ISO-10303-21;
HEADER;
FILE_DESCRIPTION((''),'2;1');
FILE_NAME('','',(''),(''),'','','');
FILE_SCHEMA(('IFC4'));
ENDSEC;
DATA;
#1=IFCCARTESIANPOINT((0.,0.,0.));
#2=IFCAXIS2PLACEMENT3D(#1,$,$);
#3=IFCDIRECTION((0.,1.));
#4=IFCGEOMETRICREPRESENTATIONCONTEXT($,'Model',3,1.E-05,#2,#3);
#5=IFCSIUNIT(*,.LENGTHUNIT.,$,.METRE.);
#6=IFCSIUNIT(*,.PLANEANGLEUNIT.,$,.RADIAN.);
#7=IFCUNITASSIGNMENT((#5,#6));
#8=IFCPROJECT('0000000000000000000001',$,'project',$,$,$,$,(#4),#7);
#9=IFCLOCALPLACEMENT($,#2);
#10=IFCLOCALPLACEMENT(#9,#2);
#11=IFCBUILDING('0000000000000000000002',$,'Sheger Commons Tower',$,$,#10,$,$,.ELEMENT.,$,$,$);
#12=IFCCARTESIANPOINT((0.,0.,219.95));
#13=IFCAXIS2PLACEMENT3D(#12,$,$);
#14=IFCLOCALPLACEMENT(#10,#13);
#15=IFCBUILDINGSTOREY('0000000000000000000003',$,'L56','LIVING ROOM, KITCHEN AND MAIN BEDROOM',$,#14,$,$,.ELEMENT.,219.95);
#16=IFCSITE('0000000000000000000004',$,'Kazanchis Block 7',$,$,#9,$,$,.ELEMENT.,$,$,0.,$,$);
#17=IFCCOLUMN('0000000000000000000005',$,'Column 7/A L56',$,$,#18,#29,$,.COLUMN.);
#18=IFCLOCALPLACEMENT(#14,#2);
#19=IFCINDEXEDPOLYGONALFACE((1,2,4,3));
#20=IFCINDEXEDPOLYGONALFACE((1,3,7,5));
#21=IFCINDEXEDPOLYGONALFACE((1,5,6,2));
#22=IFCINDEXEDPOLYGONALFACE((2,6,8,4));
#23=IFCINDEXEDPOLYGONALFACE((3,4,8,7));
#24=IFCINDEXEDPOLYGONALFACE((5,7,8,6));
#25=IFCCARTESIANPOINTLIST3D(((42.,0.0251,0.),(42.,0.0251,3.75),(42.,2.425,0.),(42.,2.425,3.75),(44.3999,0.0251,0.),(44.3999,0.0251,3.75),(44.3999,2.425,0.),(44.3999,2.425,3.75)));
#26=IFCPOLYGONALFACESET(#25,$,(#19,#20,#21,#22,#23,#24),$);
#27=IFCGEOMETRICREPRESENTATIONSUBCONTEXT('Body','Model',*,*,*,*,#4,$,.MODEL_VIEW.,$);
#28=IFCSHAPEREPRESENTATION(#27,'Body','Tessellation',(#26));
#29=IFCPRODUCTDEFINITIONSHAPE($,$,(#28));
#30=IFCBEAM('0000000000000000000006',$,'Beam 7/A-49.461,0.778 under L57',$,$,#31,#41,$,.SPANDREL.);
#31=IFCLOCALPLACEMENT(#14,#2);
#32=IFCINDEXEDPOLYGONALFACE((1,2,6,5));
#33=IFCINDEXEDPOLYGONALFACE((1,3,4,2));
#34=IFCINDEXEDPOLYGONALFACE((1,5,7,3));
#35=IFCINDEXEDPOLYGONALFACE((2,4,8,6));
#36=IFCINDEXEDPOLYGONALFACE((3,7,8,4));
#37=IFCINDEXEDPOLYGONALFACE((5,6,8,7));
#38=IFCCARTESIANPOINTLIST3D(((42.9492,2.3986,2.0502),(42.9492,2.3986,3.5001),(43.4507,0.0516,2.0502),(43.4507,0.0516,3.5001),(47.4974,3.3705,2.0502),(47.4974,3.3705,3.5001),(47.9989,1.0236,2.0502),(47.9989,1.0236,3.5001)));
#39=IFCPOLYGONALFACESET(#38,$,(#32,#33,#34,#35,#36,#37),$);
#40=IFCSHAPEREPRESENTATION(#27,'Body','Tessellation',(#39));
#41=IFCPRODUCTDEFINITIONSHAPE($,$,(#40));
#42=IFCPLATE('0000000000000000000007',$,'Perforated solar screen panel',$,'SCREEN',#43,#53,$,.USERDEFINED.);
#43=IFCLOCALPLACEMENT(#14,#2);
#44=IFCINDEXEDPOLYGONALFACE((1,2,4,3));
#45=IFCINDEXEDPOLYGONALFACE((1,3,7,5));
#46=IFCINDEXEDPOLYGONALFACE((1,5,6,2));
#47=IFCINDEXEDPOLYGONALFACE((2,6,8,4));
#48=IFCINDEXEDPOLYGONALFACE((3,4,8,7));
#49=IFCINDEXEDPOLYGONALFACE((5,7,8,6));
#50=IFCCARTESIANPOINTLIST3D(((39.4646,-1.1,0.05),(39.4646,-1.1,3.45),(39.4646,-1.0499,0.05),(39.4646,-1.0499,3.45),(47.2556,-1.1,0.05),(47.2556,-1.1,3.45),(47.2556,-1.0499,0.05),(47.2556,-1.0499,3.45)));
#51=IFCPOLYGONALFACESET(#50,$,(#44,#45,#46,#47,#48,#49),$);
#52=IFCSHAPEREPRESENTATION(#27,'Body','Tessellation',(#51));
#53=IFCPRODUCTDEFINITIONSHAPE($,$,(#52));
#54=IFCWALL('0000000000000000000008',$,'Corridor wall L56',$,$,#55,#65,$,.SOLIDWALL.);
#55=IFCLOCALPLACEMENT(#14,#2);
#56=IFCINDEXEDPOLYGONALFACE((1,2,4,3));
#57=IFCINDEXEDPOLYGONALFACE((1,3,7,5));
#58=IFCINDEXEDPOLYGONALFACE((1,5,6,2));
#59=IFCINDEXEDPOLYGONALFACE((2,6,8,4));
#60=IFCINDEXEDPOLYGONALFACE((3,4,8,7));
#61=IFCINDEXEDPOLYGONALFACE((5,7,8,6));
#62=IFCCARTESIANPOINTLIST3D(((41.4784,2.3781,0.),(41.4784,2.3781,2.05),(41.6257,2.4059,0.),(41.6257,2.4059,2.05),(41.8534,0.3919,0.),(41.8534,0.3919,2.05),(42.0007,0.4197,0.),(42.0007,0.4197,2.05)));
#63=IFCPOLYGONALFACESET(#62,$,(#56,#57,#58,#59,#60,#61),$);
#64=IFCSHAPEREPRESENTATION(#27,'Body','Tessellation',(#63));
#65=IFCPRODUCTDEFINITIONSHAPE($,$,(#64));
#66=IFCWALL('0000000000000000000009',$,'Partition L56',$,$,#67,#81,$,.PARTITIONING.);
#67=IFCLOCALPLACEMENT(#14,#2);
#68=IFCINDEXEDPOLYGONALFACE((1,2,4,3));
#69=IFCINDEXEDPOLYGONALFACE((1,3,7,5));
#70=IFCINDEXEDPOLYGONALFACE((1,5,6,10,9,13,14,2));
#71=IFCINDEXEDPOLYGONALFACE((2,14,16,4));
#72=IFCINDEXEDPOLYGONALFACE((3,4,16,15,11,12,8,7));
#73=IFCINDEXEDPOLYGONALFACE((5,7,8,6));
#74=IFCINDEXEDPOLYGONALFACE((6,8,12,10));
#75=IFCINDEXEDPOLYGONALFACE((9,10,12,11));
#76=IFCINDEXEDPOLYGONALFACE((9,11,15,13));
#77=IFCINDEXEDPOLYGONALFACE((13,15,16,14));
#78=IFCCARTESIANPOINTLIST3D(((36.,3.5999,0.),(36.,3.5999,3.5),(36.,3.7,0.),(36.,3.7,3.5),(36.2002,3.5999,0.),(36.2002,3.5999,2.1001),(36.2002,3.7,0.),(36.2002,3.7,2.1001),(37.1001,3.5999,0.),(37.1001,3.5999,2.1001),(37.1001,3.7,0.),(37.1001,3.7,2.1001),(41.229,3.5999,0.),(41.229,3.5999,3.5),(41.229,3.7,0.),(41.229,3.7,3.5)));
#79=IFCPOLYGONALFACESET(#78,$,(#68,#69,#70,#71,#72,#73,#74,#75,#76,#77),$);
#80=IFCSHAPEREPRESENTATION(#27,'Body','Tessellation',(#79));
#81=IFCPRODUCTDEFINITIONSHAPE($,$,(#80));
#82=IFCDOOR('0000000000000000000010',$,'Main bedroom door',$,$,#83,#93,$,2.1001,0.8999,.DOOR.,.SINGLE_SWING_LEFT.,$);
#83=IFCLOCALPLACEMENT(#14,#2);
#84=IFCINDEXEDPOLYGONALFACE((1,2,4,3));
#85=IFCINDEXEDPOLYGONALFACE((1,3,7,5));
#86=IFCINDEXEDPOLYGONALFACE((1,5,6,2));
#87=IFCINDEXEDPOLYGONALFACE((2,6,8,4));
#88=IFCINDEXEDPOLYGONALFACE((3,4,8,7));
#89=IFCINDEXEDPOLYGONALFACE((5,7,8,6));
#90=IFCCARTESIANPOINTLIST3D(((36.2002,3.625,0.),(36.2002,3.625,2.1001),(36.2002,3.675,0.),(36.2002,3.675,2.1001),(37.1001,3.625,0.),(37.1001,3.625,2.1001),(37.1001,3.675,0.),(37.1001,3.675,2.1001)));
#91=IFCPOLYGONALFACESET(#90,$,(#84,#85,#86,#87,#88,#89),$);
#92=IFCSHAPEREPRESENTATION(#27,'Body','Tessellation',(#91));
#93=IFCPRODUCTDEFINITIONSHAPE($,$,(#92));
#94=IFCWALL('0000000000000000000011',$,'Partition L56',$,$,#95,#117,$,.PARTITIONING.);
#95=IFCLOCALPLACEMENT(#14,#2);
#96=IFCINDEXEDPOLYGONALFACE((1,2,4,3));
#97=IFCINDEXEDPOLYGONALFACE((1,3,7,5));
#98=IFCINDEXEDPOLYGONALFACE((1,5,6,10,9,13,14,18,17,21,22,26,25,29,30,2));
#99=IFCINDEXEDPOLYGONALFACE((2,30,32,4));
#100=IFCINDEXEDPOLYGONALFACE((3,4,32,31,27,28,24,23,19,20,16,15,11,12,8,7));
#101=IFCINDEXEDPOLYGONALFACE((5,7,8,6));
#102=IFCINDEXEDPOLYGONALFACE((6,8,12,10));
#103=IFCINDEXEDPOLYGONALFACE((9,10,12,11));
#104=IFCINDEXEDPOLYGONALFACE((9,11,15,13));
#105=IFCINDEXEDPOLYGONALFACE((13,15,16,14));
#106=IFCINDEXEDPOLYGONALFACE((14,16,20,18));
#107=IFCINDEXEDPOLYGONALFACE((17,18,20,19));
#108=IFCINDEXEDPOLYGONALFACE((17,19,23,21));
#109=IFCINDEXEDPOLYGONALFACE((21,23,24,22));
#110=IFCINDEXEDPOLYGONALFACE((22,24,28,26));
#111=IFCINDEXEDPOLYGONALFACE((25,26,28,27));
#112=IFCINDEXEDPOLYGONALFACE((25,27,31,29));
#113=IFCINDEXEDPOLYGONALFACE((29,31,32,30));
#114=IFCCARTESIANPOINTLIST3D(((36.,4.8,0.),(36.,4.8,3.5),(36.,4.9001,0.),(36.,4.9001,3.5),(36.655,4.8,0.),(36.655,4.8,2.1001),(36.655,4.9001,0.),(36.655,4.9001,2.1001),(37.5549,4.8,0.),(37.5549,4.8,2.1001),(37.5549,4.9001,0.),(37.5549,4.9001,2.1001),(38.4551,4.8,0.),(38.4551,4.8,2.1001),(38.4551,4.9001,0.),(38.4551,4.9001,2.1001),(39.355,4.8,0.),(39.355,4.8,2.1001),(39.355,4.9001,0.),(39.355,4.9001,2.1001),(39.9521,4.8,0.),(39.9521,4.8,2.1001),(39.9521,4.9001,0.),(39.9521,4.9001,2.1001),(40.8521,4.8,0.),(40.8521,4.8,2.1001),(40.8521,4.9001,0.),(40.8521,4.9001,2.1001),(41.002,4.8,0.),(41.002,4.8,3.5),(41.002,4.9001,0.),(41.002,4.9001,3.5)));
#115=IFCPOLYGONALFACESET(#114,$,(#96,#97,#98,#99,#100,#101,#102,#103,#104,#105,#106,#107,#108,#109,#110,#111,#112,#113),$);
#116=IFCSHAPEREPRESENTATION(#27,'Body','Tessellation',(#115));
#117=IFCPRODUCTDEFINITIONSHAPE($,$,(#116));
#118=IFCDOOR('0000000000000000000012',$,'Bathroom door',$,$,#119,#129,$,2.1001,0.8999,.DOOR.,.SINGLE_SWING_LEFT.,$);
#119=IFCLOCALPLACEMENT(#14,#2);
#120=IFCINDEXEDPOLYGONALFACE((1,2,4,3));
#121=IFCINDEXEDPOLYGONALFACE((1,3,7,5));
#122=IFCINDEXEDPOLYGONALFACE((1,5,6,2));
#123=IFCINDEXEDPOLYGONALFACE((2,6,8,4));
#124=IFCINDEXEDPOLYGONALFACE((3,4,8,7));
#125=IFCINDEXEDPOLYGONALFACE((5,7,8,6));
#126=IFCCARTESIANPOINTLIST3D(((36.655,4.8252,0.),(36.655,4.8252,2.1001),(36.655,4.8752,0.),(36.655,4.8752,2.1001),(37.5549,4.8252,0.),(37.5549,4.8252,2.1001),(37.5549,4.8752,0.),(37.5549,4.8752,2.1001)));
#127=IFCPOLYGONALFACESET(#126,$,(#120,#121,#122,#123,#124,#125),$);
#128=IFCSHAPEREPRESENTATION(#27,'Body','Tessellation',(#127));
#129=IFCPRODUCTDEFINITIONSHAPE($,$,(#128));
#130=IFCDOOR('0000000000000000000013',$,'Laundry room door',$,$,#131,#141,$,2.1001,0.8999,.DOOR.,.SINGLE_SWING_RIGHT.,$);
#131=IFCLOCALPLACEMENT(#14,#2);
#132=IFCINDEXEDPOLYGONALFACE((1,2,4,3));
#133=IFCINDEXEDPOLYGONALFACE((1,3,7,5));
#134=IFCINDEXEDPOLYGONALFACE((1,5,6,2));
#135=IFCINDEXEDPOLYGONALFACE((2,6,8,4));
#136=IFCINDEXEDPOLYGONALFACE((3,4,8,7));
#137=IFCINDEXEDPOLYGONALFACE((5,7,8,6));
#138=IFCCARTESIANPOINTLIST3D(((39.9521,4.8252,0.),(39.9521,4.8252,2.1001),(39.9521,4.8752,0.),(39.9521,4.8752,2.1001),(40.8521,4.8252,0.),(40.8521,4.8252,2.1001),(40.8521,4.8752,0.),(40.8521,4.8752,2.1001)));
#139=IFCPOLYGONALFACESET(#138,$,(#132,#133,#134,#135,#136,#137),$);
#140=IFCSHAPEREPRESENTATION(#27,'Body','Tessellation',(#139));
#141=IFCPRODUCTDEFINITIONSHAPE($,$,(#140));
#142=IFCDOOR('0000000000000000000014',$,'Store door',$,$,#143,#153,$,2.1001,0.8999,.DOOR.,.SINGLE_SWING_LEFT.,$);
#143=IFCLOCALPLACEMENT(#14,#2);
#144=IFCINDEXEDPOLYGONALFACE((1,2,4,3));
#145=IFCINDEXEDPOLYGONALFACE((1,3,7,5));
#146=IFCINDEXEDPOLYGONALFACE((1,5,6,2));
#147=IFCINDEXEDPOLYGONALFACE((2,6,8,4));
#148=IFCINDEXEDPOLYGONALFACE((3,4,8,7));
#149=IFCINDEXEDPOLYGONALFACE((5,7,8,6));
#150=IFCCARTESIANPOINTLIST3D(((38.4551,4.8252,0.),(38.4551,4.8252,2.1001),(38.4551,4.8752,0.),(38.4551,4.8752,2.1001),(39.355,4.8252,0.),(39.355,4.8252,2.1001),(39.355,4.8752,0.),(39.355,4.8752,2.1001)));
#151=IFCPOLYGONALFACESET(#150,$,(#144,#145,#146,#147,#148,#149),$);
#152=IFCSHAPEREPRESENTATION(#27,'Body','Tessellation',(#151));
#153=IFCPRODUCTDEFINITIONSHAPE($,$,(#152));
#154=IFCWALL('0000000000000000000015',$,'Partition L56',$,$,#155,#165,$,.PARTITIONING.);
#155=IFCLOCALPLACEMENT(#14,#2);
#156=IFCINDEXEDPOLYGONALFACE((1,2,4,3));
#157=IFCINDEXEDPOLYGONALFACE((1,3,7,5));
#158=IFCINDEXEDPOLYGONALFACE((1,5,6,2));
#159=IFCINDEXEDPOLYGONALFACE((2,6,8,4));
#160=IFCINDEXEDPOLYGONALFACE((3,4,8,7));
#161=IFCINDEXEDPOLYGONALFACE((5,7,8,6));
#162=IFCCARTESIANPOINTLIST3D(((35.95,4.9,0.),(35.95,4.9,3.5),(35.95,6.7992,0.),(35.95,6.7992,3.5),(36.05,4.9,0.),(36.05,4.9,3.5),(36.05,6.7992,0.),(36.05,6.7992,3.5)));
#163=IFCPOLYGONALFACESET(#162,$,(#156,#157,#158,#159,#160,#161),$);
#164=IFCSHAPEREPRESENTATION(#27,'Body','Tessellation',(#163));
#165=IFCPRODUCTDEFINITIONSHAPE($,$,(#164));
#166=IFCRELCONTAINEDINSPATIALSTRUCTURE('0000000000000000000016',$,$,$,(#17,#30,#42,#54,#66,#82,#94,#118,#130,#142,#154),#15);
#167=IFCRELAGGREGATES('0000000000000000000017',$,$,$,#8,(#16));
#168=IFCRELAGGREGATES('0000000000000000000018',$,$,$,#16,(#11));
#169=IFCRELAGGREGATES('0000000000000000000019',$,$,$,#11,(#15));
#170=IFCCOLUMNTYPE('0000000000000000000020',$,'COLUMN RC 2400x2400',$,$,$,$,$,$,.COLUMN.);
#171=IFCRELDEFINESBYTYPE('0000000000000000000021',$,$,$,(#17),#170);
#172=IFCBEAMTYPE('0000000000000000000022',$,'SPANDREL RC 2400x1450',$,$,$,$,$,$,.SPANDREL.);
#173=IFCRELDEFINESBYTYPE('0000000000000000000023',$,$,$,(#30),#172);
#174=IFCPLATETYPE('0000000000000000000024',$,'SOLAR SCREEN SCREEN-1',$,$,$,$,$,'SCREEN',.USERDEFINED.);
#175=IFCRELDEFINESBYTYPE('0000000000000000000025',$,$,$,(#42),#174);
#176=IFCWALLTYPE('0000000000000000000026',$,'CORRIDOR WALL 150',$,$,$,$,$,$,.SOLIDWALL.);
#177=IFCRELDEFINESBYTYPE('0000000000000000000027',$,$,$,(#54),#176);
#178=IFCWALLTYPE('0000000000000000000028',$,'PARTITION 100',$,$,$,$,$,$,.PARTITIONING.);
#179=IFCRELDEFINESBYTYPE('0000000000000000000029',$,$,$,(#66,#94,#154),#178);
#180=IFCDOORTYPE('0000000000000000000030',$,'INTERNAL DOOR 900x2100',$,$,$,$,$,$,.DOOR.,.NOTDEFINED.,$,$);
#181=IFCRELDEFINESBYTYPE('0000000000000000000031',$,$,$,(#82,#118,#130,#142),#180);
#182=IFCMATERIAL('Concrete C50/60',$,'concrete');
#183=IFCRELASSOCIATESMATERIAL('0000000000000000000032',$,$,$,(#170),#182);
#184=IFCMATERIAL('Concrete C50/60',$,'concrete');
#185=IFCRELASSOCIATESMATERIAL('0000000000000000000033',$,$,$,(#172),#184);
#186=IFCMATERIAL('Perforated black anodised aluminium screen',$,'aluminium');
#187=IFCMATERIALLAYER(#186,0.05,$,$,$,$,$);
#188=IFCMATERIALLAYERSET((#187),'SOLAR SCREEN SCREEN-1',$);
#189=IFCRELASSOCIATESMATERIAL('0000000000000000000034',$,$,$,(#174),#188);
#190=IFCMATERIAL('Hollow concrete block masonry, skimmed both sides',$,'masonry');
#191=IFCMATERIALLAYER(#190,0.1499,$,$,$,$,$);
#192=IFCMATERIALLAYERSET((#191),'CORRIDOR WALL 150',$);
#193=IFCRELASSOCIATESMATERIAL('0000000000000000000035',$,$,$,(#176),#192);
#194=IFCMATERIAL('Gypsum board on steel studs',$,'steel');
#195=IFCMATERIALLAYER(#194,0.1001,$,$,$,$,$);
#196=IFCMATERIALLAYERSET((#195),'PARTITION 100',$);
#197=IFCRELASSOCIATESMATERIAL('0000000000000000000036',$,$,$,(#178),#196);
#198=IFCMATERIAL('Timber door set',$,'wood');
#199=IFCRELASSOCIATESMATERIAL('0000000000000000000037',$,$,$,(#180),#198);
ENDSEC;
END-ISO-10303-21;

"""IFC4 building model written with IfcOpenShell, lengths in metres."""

from ifc_helpers import new_model, si_unit, direction, frame, frame_2d, origin, origin_2d, place, context, subcontext, project, spatial, rectangle, extrude, material, layer, layer_set, material_profile, profile_set, type_object, element, fill, save


model = new_model("IFC4")

# Units and contexts
model_context = context("Model", 3, precision=1e-05, world=origin(), true_north=direction((0.0, 1.0)))
body_context = subcontext(model_context, "Body", "Model", "MODEL_VIEW")
ifc_project = project(units=[si_unit("LENGTHUNIT", "METRE"), si_unit("PLANEANGLEUNIT", "RADIAN")], contexts=[model_context])

# Site, building, storey
site_placement = place(None, origin())
site = spatial("IfcSite", under=ifc_project, at=site_placement, Name="Kazanchis Block 7", CompositionType="ELEMENT", RefElevation=0.0)
building_placement = place(site_placement, origin())
building = spatial("IfcBuilding", under=site, at=building_placement, Name="Sheger Commons Tower", CompositionType="ELEMENT")
storey_placement = place(building_placement, frame((0.0, 0.0, 219.95)))
storey = spatial("IfcBuildingStorey", under=building, at=storey_placement, Name="L56", Description="LIVING ROOM, KITCHEN AND MAIN BEDROOM", CompositionType="ELEMENT", Elevation=219.95)

# Column
ifc_material_1 = material(Name="Concrete C50/60", Category="concrete")
ifc_material_profile_1 = material_profile(ifc_material_1, rectangle(XDim=2.3999, YDim=2.3999, at=origin_2d()), Name="RC 2400x2400")
ifc_profile_set_1 = profile_set([ifc_material_profile_1], Name="Concrete C50/60")
column_type = type_object("IfcColumnType", Name="COLUMN RC 2400x2400", PredefinedType="COLUMN", material=ifc_profile_set_1)
column_placement = place(storey_placement, frame((43.2, 1.2251, 0.0), z_axis=(0.0, 0.0, 1.0), x_axis=(1.0, 0.0, 0.0)))
element("IfcColumn", 1, at=column_placement, inside=storey, type_object=column_type, Name="Column 7/A L56", PredefinedType="COLUMN", context=body_context, shape_type="SweptSolid", body=[
    extrude(rectangle(XDim=2.3999, YDim=2.3999, at=origin_2d()), origin(), (0.0, 0.0, 1.0), 3.75),
])

# Beam
ifc_material_2 = material(Name="Concrete C50/60", Category="concrete")
ifc_material_profile_2 = material_profile(ifc_material_2, rectangle(XDim=2.3999, YDim=1.45, at=origin_2d()), Name="RC 2400x1450")
ifc_profile_set_2 = profile_set([ifc_material_profile_2], Name="Concrete C50/60")
beam_type = type_object("IfcBeamType", Name="SPANDREL RC 2400x1450", PredefinedType="SPANDREL", material=ifc_profile_set_2)
beam_placement = place(storey_placement, frame((43.2, 1.2251, 2.7751), z_axis=(0.97792, 0.208981, 0.0), x_axis=(-0.208981, 0.97792, 0.0)))
element("IfcBeam", 2, at=beam_placement, inside=storey, type_object=beam_type, Name="Beam 7/A-49.461,0.778 under L57", PredefinedType="SPANDREL", context=body_context, shape_type="SweptSolid", body=[
    extrude(rectangle(XDim=2.3999, YDim=1.45, at=origin_2d()), origin(), (0.0, 0.0, 1.0), 4.6509),
])

# Plate
ifc_material_3 = material(Name="Perforated black anodised aluminium screen", Category="aluminium")
ifc_layer_1 = layer(ifc_material_3, 0.05)
ifc_layer_set_1 = layer_set([ifc_layer_1], Name="SOLAR SCREEN SCREEN-1")
plate_type = type_object("IfcPlateType", Name="SOLAR SCREEN SCREEN-1", ElementType="SCREEN", PredefinedType="USERDEFINED", material=ifc_layer_set_1)
plate_placement = place(storey_placement, frame((43.3601, -1.075, 0.05), z_axis=(0.0, 0.0, 1.0), x_axis=(1.0, 0.0, 0.0)))
element("IfcPlate", 3, at=plate_placement, inside=storey, type_object=plate_type, Name="Perforated solar screen panel", ObjectType="SCREEN", PredefinedType="USERDEFINED", context=body_context, shape_type="SweptSolid", body=[
    extrude(rectangle(XDim=7.791, YDim=0.05, at=origin_2d()), origin(), (0.0, 0.0, 1.0), 3.3999),
])

# Wall
ifc_material_4 = material(Name="Hollow concrete block masonry, skimmed both sides", Category="masonry")
ifc_layer_2 = layer(ifc_material_4, 0.1499)
ifc_layer_set_2 = layer_set([ifc_layer_2], Name="CORRIDOR WALL 150")
wall_type_1 = type_object("IfcWallType", Name="CORRIDOR WALL 150", PredefinedType="SOLIDWALL", material=ifc_layer_set_2)
wall_1_placement = place(storey_placement, frame((41.552, 2.3921, 0.0), z_axis=(0.0, 0.0, 1.0), x_axis=(0.185536, -0.982638, 0.0)))
element("IfcWall", 4, at=wall_1_placement, inside=storey, type_object=wall_type_1, Name="Corridor wall L56", PredefinedType="SOLIDWALL", context=body_context, shape_type="SweptSolid", body=[
    extrude(rectangle(XDim=2.0212, YDim=0.1499, at=frame_2d((1.0107, 0.0))), origin(), (0.0, 0.0, 1.0), 2.05),
])

# Wall, opening, door
ifc_material_5 = material(Name="Gypsum board on steel studs", Category="steel")
ifc_layer_3 = layer(ifc_material_5, 0.1001)
ifc_layer_set_3 = layer_set([ifc_layer_3], Name="PARTITION 100")
wall_type_2 = type_object("IfcWallType", Name="PARTITION 100", PredefinedType="PARTITIONING", material=ifc_layer_set_3)
wall_2_placement = place(storey_placement, frame((41.229, 3.6499, 0.0), z_axis=(0.0, 0.0, 1.0), x_axis=(-1.0, 0.0, 0.0)))
wall_2 = element("IfcWall", 5, at=wall_2_placement, inside=storey, type_object=wall_type_2, Name="Partition L56", PredefinedType="PARTITIONING", context=body_context, shape_type="SweptSolid", body=[
    extrude(rectangle(XDim=5.229, YDim=0.1001, at=frame_2d((2.6145, 0.0))), origin(), (0.0, 0.0, 1.0), 3.5),
])
opening_1_placement = place(wall_2_placement, frame((4.1289, 0.0, 0.0)))
opening_1 = element("IfcOpeningElement", 6, at=opening_1_placement, cuts=wall_2, PredefinedType="OPENING", context=body_context, shape_type="SweptSolid", body=[
    extrude(rectangle(XDim=0.8999, YDim=2.1001, at=frame_2d((0.45, 1.05))), frame((0.0, 0.0601, 0.0), z_axis=(0.0, -1.0, 0.0), x_axis=(1.0, 0.0, 0.0)), (0.0, 0.0, 1.0), 0.1201),
])
ifc_material_6 = material(Name="Timber door set", Category="wood")
door_type = type_object("IfcDoorType", Name="INTERNAL DOOR 900x2100", OperationType="NOTDEFINED", PredefinedType="DOOR", material=ifc_material_6)
door_1_placement = place(opening_1_placement, origin())
door_1 = element("IfcDoor", 7, at=door_1_placement, inside=storey, type_object=door_type, Name="Main bedroom door", OperationType="SINGLE_SWING_LEFT", OverallHeight=2.1001, OverallWidth=0.8999, PredefinedType="DOOR", context=body_context, shape_type="SweptSolid", body=[
    extrude(rectangle(XDim=0.8999, YDim=2.1001, at=frame_2d((0.45, 1.05))), frame((0.0, 0.0249, 0.0), z_axis=(0.0, -1.0, 0.0), x_axis=(1.0, 0.0, 0.0)), (0.0, 0.0, 1.0), 0.05),
])
fill(opening_1, door_1)

# Wall, openings, doors
wall_3_placement = place(storey_placement, frame((41.002, 4.8501, 0.0), z_axis=(0.0, 0.0, 1.0), x_axis=(-1.0, 0.0, 0.0)))
wall_3 = element("IfcWall", 8, at=wall_3_placement, inside=storey, type_object=wall_type_2, Name="Partition L56", PredefinedType="PARTITIONING", context=body_context, shape_type="SweptSolid", body=[
    extrude(rectangle(XDim=5.002, YDim=0.1001, at=frame_2d((2.501, 0.0))), origin(), (0.0, 0.0, 1.0), 3.5),
])
opening_2_placement = place(wall_3_placement, frame((3.447, 0.0, 0.0)))
opening_2 = element("IfcOpeningElement", 9, at=opening_2_placement, cuts=wall_3, PredefinedType="OPENING", context=body_context, shape_type="SweptSolid", body=[
    extrude(rectangle(XDim=0.8999, YDim=2.1001, at=frame_2d((0.45, 1.05))), frame((0.0, 0.0601, 0.0), z_axis=(0.0, -1.0, 0.0), x_axis=(1.0, 0.0, 0.0)), (0.0, 0.0, 1.0), 0.1201),
])
opening_3_placement = place(wall_3_placement, frame((0.1499, 0.0, 0.0)))
opening_3 = element("IfcOpeningElement", 10, at=opening_3_placement, cuts=wall_3, PredefinedType="OPENING", context=body_context, shape_type="SweptSolid", body=[
    extrude(rectangle(XDim=0.8999, YDim=2.1001, at=frame_2d((0.45, 1.05))), frame((0.0, 0.0601, 0.0), z_axis=(0.0, -1.0, 0.0), x_axis=(1.0, 0.0, 0.0)), (0.0, 0.0, 1.0), 0.1201),
])
opening_4_placement = place(wall_3_placement, frame((1.647, 0.0, 0.0)))
opening_4 = element("IfcOpeningElement", 11, at=opening_4_placement, cuts=wall_3, PredefinedType="OPENING", context=body_context, shape_type="SweptSolid", body=[
    extrude(rectangle(XDim=0.8999, YDim=2.1001, at=frame_2d((0.45, 1.05))), frame((0.0, 0.0601, 0.0), z_axis=(0.0, -1.0, 0.0), x_axis=(1.0, 0.0, 0.0)), (0.0, 0.0, 1.0), 0.1201),
])
door_2_placement = place(opening_2_placement, origin())
door_2 = element("IfcDoor", 12, at=door_2_placement, inside=storey, type_object=door_type, Name="Bathroom door", OperationType="SINGLE_SWING_LEFT", OverallHeight=2.1001, OverallWidth=0.8999, PredefinedType="DOOR", context=body_context, shape_type="SweptSolid", body=[
    extrude(rectangle(XDim=0.8999, YDim=2.1001, at=frame_2d((0.45, 1.05))), frame((0.0, 0.0249, 0.0), z_axis=(0.0, -1.0, 0.0), x_axis=(1.0, 0.0, 0.0)), (0.0, 0.0, 1.0), 0.05),
])
fill(opening_2, door_2)
door_3_placement = place(opening_3_placement, origin())
door_3 = element("IfcDoor", 13, at=door_3_placement, inside=storey, type_object=door_type, Name="Laundry room door", OperationType="SINGLE_SWING_RIGHT", OverallHeight=2.1001, OverallWidth=0.8999, PredefinedType="DOOR", context=body_context, shape_type="SweptSolid", body=[
    extrude(rectangle(XDim=0.8999, YDim=2.1001, at=frame_2d((0.45, 1.05))), frame((0.0, 0.0249, 0.0), z_axis=(0.0, -1.0, 0.0), x_axis=(1.0, 0.0, 0.0)), (0.0, 0.0, 1.0), 0.05),
])
fill(opening_3, door_3)
door_4_placement = place(opening_4_placement, origin())
door_4 = element("IfcDoor", 14, at=door_4_placement, inside=storey, type_object=door_type, Name="Store door", OperationType="SINGLE_SWING_LEFT", OverallHeight=2.1001, OverallWidth=0.8999, PredefinedType="DOOR", context=body_context, shape_type="SweptSolid", body=[
    extrude(rectangle(XDim=0.8999, YDim=2.1001, at=frame_2d((0.45, 1.05))), frame((0.0, 0.0249, 0.0), z_axis=(0.0, -1.0, 0.0), x_axis=(1.0, 0.0, 0.0)), (0.0, 0.0, 1.0), 0.05),
])
fill(opening_4, door_4)

# Wall
wall_4_placement = place(storey_placement, frame((36.0, 4.8999, 0.0), z_axis=(0.0, 0.0, 1.0), x_axis=(0.0, 1.0, 0.0)))
element("IfcWall", 15, at=wall_4_placement, inside=storey, type_object=wall_type_2, Name="Partition L56", PredefinedType="PARTITIONING", context=body_context, shape_type="SweptSolid", body=[
    extrude(rectangle(XDim=1.8992, YDim=0.1001, at=frame_2d((0.9497, 0.0))), origin(), (0.0, 0.0, 1.0), 3.5),
])

save(model, "model.ifc")
